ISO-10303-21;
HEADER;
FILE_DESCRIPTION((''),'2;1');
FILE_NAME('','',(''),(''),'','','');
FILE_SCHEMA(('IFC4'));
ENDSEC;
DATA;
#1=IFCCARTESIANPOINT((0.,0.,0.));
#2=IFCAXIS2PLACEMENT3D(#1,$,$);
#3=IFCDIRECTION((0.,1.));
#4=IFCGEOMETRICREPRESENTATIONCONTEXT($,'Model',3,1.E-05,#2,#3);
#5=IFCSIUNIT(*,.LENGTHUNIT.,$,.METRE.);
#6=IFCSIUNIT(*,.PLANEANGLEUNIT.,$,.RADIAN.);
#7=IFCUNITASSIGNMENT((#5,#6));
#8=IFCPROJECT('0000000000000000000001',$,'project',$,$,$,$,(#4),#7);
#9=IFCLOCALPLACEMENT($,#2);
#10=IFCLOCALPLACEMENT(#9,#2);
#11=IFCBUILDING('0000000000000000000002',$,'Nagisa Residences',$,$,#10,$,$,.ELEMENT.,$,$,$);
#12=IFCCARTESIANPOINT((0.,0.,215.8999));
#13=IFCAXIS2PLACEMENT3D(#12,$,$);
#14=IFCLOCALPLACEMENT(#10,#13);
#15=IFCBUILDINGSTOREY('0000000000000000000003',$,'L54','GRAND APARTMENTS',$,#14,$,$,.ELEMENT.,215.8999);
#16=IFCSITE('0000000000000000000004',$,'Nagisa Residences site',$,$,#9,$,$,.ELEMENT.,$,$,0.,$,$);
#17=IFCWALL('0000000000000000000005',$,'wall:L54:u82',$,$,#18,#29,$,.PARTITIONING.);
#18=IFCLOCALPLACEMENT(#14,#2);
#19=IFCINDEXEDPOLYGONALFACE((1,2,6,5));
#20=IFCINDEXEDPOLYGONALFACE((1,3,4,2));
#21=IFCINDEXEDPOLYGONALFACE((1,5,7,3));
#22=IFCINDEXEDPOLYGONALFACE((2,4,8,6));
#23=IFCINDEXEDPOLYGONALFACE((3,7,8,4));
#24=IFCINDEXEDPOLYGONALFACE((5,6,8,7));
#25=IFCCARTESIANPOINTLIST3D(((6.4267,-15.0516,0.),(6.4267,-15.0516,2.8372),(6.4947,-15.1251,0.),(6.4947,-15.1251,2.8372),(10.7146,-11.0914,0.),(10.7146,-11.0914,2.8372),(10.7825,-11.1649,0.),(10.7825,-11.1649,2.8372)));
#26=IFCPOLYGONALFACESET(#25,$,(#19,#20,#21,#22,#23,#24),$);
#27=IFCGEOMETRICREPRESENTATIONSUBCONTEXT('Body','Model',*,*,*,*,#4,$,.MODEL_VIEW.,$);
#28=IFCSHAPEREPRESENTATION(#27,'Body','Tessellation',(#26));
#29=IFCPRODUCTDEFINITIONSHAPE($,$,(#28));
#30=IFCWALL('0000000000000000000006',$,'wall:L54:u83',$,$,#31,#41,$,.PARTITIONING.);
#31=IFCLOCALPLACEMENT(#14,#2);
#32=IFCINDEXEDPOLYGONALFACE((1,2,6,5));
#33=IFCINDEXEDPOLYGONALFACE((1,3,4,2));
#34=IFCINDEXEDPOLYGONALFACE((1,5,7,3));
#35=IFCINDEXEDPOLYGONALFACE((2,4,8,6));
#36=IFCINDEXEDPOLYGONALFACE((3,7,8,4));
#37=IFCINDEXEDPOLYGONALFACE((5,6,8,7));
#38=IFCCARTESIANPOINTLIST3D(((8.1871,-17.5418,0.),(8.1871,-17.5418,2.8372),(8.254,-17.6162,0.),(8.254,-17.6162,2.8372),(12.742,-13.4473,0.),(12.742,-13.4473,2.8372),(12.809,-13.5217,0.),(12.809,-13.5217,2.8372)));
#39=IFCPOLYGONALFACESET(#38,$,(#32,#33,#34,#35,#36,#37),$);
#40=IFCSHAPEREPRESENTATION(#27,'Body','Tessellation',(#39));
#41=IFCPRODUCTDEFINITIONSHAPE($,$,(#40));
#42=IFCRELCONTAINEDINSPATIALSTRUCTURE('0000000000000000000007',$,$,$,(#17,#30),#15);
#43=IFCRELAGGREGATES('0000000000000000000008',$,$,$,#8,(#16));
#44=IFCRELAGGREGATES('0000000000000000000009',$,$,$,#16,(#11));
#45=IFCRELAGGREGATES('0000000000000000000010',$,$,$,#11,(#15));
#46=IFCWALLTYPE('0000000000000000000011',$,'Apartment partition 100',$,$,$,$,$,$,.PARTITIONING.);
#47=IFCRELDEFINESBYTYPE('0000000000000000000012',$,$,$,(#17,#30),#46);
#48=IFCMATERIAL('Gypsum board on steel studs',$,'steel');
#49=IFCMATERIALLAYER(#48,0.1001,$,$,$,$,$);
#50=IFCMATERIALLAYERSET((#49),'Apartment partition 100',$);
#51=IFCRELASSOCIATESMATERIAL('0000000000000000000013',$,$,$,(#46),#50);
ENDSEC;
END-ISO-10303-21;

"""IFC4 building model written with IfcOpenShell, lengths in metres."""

from ifc_helpers import new_model, si_unit, direction, frame, frame_2d, origin, place, context, subcontext, project, spatial, rectangle, extrude, material, layer, layer_set, type_object, element, save


model = new_model("IFC4")

# Units and contexts
model_context = context("Model", 3, precision=1e-05, world=origin(), true_north=direction((0.0, 1.0)))
body_context = subcontext(model_context, "Body", "Model", "MODEL_VIEW")
ifc_project = project(units=[si_unit("LENGTHUNIT", "METRE"), si_unit("PLANEANGLEUNIT", "RADIAN")], contexts=[model_context])

# Site, building, storey
site_placement = place(None, origin())
site = spatial("IfcSite", under=ifc_project, at=site_placement, Name="Nagisa Residences site", CompositionType="ELEMENT", RefElevation=0.0)
building_placement = place(site_placement, origin())
building = spatial("IfcBuilding", under=site, at=building_placement, Name="Nagisa Residences", CompositionType="ELEMENT")
storey_placement = place(building_placement, frame((0.0, 0.0, 215.8999)))
storey = spatial("IfcBuildingStorey", under=building, at=storey_placement, Name="L54", Description="GRAND APARTMENTS", CompositionType="ELEMENT", Elevation=215.8999)

# Shared definitions
ifc_material_1 = material(Name="Gypsum board on steel studs", Category="steel")
ifc_layer_1 = layer(ifc_material_1, 0.1001)
ifc_layer_set_1 = layer_set([ifc_layer_1], Name="Apartment partition 100")
wall_type_1 = type_object("IfcWallType", Name="Apartment partition 100", PredefinedType="PARTITIONING", material=ifc_layer_set_1)

# Walls
wall_1_placement = place(storey_placement, frame((6.4607, -15.0884, 0.0), z_axis=(0.0, 0.0, 1.0), x_axis=(0.734616, 0.678483, 0.0)))
element("IfcWall", 1, at=wall_1_placement, inside=storey, type_object=wall_type_1, Name="wall:L54:u82", PredefinedType="PARTITIONING", context=body_context, shape_type="SweptSolid", body=[
    extrude(rectangle(XDim=5.8369, YDim=0.1001, at=frame_2d((2.9185, 0.0))), origin(), (0.0, 0.0, 1.0), 2.8372),
])
wall_2_placement = place(storey_placement, frame((8.2205, -17.5791, 0.0), z_axis=(0.0, 0.0, 1.0), x_axis=(0.743696, 0.668518, 0.0)))
element("IfcWall", 2, at=wall_2_placement, inside=storey, type_object=wall_type_1, Name="wall:L54:u83", PredefinedType="PARTITIONING", context=body_context, shape_type="SweptSolid", body=[
    extrude(rectangle(XDim=6.1248, YDim=0.1001, at=frame_2d((3.0625, 0.0))), origin(), (0.0, 0.0, 1.0), 2.8372),
])

save(model, "model.ifc")
